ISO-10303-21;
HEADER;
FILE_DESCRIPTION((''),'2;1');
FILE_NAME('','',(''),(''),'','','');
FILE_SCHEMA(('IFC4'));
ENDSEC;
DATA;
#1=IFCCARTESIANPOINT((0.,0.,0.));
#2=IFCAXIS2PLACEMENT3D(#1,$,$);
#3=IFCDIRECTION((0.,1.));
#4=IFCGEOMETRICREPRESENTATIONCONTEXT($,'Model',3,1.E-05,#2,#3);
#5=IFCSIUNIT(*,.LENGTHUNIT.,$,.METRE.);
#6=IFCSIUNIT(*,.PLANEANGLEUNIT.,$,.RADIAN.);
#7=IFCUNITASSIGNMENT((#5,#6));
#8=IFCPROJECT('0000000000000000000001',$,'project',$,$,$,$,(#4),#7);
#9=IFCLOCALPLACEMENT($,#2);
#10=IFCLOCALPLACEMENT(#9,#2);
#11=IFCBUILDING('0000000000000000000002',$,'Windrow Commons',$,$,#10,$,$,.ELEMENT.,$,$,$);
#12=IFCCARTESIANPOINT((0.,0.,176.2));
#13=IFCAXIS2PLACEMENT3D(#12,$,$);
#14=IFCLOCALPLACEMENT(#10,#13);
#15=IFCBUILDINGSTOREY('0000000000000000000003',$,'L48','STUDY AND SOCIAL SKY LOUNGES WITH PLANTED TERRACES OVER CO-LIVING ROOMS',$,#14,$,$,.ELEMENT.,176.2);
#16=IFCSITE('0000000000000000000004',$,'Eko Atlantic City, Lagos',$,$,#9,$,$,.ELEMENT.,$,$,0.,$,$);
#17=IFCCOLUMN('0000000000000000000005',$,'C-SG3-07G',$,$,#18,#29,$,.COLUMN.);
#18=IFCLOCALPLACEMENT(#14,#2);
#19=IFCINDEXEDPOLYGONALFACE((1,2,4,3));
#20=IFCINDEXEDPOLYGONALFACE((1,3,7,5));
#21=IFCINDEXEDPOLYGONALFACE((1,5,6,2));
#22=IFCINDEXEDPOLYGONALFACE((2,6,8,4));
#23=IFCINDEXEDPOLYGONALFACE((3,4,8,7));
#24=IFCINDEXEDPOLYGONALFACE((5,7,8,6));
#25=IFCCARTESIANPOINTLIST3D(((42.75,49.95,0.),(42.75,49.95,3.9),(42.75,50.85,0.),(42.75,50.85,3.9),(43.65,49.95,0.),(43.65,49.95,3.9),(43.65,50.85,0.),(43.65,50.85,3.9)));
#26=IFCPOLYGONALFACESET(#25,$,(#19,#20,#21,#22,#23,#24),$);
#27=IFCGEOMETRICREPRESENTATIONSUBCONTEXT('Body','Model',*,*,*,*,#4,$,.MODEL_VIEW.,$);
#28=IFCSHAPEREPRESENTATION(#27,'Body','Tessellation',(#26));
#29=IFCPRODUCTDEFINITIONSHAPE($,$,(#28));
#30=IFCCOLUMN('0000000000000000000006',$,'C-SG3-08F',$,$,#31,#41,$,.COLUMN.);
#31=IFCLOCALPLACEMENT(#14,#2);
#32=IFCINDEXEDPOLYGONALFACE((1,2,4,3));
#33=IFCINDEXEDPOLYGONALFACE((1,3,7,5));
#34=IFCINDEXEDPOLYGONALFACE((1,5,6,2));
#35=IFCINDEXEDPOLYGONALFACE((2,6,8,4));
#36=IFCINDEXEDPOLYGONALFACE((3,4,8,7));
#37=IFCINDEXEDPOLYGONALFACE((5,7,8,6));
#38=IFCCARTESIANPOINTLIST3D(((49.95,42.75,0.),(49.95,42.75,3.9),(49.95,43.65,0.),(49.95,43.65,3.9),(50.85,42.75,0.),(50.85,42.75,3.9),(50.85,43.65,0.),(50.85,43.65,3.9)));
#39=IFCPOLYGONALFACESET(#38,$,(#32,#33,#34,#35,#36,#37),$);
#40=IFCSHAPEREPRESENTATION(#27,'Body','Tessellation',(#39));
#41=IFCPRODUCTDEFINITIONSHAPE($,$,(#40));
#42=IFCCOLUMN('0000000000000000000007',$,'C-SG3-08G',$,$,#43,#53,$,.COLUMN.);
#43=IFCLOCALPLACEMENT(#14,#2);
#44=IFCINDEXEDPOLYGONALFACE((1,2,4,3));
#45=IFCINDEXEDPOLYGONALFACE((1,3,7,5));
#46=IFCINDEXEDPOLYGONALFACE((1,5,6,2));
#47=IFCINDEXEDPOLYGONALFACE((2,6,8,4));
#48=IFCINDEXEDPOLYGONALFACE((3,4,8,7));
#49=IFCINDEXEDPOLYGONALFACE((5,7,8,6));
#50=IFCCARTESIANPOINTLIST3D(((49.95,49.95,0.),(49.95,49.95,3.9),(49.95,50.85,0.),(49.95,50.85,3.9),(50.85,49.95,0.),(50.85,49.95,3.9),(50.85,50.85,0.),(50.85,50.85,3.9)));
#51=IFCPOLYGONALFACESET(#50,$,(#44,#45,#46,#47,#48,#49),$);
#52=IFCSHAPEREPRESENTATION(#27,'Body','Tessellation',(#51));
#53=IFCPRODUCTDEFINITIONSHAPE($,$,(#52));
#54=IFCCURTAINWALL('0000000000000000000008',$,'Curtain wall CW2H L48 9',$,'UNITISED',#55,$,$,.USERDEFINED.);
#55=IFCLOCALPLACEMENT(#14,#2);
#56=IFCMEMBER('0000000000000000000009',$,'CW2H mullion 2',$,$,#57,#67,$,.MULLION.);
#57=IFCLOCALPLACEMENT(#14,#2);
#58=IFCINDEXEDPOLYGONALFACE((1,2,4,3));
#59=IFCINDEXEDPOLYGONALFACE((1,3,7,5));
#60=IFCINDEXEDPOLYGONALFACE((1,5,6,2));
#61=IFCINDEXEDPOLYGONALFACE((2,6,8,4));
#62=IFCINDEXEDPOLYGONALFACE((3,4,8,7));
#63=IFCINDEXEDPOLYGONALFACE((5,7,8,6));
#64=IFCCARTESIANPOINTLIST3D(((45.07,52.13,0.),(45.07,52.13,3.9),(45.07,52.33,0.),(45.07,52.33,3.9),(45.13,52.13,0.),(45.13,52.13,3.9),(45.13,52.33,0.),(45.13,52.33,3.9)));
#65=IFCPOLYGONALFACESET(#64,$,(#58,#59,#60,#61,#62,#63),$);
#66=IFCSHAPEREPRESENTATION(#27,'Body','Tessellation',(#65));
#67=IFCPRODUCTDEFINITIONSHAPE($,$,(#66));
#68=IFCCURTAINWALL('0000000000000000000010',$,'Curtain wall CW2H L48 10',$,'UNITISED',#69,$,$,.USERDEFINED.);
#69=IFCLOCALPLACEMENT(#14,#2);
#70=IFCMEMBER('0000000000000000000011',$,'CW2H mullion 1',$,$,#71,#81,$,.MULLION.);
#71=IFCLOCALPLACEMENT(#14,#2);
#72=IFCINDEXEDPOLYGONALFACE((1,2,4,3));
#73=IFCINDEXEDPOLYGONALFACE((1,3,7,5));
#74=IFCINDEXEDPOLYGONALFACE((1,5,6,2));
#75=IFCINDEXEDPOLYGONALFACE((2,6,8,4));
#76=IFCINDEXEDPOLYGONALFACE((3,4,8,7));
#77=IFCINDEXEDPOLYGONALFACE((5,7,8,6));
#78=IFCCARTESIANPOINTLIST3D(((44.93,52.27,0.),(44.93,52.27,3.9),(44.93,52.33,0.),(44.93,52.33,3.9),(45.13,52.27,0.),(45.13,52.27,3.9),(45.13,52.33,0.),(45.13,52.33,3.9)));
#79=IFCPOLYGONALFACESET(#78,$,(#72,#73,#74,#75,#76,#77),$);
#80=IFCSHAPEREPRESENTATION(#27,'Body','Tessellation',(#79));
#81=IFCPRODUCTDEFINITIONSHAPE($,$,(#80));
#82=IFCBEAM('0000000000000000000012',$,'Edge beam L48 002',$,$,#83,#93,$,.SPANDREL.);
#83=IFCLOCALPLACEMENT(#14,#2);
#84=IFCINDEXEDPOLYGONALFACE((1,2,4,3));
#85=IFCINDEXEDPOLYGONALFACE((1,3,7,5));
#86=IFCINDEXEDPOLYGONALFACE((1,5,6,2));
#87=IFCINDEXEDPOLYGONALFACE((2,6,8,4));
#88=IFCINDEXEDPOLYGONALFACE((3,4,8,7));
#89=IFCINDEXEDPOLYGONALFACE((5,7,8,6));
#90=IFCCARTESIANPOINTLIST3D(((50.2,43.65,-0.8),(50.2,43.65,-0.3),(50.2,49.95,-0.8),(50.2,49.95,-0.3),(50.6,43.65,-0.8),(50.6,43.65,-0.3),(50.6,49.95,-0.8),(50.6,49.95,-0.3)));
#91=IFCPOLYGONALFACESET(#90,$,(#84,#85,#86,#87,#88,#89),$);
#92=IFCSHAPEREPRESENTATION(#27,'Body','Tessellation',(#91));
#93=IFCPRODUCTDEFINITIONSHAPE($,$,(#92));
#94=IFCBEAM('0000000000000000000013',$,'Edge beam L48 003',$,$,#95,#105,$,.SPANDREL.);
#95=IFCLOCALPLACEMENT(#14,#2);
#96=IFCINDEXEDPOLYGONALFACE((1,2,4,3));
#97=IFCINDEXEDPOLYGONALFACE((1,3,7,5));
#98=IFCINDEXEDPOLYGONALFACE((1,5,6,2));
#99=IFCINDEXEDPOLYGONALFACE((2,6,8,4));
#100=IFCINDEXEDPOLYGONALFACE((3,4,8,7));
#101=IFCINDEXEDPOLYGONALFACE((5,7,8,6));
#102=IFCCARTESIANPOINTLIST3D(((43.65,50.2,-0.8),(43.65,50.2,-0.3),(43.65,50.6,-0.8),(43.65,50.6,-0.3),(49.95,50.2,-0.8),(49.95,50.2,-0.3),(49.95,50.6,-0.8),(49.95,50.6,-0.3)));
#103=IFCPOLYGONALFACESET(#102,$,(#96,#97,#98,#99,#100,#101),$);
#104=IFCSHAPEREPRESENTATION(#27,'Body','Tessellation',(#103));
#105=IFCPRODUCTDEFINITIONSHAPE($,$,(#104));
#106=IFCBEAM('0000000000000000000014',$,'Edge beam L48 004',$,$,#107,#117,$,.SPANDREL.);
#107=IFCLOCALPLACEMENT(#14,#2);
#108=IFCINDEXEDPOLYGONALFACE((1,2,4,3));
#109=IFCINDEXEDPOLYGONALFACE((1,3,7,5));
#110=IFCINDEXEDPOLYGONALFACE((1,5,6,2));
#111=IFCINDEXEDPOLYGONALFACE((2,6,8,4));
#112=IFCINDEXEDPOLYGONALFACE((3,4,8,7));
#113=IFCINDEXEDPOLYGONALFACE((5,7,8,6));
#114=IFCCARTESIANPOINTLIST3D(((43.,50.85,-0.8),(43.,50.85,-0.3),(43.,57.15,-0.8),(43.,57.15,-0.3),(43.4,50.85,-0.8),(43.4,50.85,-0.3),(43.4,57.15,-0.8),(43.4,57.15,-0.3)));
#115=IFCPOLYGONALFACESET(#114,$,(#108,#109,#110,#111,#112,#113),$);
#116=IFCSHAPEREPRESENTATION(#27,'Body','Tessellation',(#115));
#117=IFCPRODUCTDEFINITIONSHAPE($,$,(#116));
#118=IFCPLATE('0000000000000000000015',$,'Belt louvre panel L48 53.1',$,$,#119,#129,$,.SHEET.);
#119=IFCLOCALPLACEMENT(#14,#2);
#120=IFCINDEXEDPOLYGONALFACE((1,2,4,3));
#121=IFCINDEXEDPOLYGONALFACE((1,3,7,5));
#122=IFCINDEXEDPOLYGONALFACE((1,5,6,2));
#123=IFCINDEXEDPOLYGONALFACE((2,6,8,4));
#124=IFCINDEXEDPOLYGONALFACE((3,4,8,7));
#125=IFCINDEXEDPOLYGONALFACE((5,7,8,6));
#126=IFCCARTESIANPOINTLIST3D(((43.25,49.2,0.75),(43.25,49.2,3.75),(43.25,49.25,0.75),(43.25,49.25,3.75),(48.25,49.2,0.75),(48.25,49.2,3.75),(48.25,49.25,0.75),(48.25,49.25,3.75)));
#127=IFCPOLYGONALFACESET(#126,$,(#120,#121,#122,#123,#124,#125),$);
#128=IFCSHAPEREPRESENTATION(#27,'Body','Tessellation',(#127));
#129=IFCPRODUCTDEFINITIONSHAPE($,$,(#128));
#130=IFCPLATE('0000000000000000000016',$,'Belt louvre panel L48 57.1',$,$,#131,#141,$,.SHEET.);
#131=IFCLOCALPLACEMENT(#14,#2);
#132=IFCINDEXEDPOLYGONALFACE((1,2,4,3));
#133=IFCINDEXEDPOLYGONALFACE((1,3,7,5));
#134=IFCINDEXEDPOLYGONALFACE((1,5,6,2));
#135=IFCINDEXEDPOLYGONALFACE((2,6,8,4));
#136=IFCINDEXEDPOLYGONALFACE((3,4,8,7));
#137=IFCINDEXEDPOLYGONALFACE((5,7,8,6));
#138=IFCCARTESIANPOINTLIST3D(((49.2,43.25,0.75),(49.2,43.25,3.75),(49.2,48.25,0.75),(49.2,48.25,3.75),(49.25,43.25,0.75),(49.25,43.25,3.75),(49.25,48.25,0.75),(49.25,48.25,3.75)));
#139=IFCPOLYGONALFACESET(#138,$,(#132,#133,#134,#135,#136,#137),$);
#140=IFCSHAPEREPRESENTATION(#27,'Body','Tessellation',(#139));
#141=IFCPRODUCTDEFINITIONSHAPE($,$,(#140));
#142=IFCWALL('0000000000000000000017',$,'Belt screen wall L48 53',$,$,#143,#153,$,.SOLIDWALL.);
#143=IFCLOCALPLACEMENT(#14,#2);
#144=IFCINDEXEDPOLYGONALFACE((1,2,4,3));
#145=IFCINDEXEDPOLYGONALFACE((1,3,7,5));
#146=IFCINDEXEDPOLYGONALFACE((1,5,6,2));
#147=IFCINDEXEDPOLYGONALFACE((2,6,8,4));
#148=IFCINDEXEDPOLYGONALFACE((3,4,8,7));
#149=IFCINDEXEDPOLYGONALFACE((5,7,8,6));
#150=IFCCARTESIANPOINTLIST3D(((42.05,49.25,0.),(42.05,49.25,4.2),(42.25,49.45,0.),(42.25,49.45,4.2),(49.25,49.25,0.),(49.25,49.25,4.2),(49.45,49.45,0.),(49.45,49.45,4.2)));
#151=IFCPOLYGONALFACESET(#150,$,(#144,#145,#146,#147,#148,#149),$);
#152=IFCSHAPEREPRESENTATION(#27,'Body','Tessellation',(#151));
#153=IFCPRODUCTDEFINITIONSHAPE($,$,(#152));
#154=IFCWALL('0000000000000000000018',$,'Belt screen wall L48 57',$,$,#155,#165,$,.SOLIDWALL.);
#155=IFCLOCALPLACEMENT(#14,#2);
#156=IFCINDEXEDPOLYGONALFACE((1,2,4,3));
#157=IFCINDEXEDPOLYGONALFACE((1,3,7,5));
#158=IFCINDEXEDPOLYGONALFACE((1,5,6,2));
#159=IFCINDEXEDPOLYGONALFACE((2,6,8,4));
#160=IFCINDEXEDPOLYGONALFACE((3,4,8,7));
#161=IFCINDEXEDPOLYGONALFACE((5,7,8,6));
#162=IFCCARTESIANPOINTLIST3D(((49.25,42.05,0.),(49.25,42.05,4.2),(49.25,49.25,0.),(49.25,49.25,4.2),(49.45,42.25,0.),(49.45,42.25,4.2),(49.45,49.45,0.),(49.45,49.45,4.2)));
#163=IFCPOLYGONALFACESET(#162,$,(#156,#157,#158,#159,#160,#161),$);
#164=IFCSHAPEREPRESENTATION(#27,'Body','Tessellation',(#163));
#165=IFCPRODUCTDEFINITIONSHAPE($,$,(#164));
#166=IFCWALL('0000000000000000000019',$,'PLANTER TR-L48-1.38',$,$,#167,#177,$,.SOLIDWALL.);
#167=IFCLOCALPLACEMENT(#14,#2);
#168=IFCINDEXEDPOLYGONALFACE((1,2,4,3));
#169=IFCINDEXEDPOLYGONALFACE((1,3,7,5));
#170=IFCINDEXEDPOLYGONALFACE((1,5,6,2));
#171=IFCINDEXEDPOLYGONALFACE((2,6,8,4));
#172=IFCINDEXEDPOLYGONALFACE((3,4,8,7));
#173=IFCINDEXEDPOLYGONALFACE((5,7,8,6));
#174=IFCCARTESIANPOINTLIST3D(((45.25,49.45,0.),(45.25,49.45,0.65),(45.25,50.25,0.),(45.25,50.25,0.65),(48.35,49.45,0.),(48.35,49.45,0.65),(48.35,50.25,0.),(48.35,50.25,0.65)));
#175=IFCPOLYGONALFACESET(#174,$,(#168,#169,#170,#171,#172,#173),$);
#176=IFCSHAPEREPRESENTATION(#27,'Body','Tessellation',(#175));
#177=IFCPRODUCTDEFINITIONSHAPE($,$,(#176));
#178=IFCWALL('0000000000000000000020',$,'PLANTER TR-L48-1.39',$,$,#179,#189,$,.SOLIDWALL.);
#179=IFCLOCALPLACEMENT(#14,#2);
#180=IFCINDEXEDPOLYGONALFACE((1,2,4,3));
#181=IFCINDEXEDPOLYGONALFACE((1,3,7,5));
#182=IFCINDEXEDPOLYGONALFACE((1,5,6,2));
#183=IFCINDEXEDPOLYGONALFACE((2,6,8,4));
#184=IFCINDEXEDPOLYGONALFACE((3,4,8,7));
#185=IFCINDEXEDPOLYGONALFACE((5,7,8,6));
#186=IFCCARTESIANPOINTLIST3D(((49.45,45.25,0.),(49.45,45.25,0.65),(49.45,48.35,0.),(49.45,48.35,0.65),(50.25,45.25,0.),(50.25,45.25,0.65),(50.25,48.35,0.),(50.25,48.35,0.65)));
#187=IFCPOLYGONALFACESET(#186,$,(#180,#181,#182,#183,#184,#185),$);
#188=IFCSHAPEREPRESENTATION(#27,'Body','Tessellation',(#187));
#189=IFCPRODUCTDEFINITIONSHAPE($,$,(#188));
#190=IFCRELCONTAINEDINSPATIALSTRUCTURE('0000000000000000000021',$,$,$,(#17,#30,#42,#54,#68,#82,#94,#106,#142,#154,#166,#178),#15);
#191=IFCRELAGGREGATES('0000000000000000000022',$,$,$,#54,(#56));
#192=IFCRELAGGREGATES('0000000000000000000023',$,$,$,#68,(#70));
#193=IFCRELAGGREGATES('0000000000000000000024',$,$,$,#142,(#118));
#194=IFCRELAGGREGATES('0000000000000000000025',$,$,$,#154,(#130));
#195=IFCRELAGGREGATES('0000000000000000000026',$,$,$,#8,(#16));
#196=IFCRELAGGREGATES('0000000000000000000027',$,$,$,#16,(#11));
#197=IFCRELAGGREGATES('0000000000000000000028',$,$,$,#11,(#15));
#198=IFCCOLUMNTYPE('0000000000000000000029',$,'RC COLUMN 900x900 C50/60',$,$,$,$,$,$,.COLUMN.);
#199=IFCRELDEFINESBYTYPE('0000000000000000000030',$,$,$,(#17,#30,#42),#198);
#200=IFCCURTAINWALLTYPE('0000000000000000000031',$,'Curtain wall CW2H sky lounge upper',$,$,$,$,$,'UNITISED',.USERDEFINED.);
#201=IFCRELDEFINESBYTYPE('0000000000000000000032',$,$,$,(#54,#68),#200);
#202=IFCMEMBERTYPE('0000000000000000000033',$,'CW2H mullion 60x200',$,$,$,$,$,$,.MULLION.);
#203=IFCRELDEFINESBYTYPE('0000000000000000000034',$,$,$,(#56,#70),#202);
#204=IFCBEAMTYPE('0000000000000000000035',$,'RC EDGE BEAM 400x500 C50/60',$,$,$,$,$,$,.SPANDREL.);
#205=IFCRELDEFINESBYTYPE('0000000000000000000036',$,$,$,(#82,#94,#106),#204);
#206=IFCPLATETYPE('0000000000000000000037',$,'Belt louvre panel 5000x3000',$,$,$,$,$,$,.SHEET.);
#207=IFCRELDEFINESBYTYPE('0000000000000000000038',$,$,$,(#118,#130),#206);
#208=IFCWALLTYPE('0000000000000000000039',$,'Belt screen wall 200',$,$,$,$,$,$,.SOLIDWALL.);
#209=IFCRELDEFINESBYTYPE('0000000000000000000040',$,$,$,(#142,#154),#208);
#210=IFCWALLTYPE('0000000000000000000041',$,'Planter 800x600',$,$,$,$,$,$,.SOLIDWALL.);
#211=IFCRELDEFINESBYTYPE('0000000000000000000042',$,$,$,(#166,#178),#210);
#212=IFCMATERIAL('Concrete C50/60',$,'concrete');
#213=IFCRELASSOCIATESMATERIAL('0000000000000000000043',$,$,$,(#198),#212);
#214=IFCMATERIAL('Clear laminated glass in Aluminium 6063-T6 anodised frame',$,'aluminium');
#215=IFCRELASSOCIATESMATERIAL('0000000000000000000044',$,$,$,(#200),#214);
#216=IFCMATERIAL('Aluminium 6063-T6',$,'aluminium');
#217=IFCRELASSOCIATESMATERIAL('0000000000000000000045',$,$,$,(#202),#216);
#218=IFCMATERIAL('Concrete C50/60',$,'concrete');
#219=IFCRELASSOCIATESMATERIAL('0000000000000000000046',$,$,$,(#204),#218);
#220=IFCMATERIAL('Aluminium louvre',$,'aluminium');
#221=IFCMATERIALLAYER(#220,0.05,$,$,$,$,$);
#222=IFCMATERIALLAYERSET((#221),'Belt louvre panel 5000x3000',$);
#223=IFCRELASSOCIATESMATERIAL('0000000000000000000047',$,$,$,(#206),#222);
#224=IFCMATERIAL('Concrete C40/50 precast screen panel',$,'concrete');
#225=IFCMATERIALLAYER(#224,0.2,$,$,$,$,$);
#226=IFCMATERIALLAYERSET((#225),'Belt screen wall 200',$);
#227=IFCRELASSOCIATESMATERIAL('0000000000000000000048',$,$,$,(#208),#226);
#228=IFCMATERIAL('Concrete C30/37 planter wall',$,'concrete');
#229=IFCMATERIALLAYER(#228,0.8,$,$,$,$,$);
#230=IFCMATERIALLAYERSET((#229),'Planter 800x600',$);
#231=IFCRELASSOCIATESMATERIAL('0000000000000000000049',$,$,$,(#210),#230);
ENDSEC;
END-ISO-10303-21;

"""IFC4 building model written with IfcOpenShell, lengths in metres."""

from ifc_helpers import new_model, si_unit, direction, frame, frame_2d, origin, origin_2d, place, context, subcontext, project, spatial, polyline, rectangle, outline, extrude, material, layer, layer_set, material_profile, profile_set, type_object, element, aggregate, save


model = new_model("IFC4")

# Units and contexts
model_context = context("Model", 3, precision=1e-05, world=origin(), true_north=direction((0.0, 1.0)))
body_context = subcontext(model_context, "Body", "Model", "MODEL_VIEW")
ifc_project = project(units=[si_unit("LENGTHUNIT", "METRE"), si_unit("PLANEANGLEUNIT", "RADIAN")], contexts=[model_context])

# Site, building, storey
site_placement = place(None, origin())
site = spatial("IfcSite", under=ifc_project, at=site_placement, Name="Eko Atlantic City, Lagos", CompositionType="ELEMENT", RefElevation=0.0)
building_placement = place(site_placement, origin())
building = spatial("IfcBuilding", under=site, at=building_placement, Name="Windrow Commons", CompositionType="ELEMENT")
storey_placement = place(building_placement, frame((0.0, 0.0, 176.2)))
storey = spatial("IfcBuildingStorey", under=building, at=storey_placement, Name="L48", Description="STUDY AND SOCIAL SKY LOUNGES WITH PLANTED TERRACES OVER CO-LIVING ROOMS", CompositionType="ELEMENT", Elevation=176.2)

# Columns
ifc_material_1 = material(Name="Concrete C50/60", Category="concrete")
ifc_material_profile_1 = material_profile(ifc_material_1, rectangle(XDim=0.9, YDim=0.9, at=origin_2d()))
ifc_profile_set_1 = profile_set([ifc_material_profile_1], Name="Concrete C50/60")
column_type = type_object("IfcColumnType", Name="RC COLUMN 900x900 C50/60", PredefinedType="COLUMN", material=ifc_profile_set_1)
for number, where, z_axis, x_axis, name in (
    (1, (43.2, 50.4, 0.0), (0.0, 0.0, 1.0), (1.0, 0.0, 0.0), "C-SG3-07G"),
    (2, (50.4, 43.2, 0.0), (0.0, 0.0, 1.0), (1.0, 0.0, 0.0), "C-SG3-08F"),
    (3, (50.4, 50.4, 0.0), (0.0, 0.0, 1.0), (1.0, 0.0, 0.0), "C-SG3-08G"),
):
    element("IfcColumn", number, at=place(storey_placement, frame(where, z_axis=z_axis, x_axis=x_axis)), inside=storey, type_object=column_type, Name=name, PredefinedType="COLUMN", context=body_context, shape_type="SweptSolid", body=[
        extrude(rectangle(XDim=0.9, YDim=0.9, at=origin_2d()), origin(), (0.0, 0.0, 1.0), 3.9),
    ])

# Curtain walls, members
ifc_material_2 = material(Name="Clear laminated glass in Aluminium 6063-T6 anodised frame", Category="aluminium")
curtain_wall_type = type_object("IfcCurtainWallType", Name="Curtain wall CW2H sky lounge upper", ElementType="UNITISED", PredefinedType="USERDEFINED", material=ifc_material_2)
placement = place(storey_placement, origin())
curtain_wall_1 = element("IfcCurtainWall", 4, at=placement, inside=storey, type_object=curtain_wall_type, Name="Curtain wall CW2H L48 9", ObjectType="UNITISED", PredefinedType="USERDEFINED")
ifc_material_3 = material(Name="Aluminium 6063-T6", Category="aluminium")
ifc_material_profile_2 = material_profile(ifc_material_3, rectangle(XDim=0.06, YDim=0.2, at=origin_2d()))
ifc_profile_set_2 = profile_set([ifc_material_profile_2], Name="Aluminium 6063-T6")
member_type = type_object("IfcMemberType", Name="CW2H mullion 60x200", PredefinedType="MULLION", material=ifc_profile_set_2)
member_1_placement = place(storey_placement, frame((45.1, 52.23, 0.0), z_axis=(0.0, 0.0, 1.0), x_axis=(1.0, 0.0, 0.0)))
member_1 = element("IfcMember", 5, at=member_1_placement, type_object=member_type, Name="CW2H mullion 2", PredefinedType="MULLION", context=body_context, shape_type="SweptSolid", body=[
    extrude(rectangle(XDim=0.06, YDim=0.2, at=origin_2d()), origin(), (0.0, 0.0, 1.0), 3.9),
])
aggregate(curtain_wall_1, [member_1])
curtain_wall_2 = element("IfcCurtainWall", 6, at=placement, inside=storey, type_object=curtain_wall_type, Name="Curtain wall CW2H L48 10", ObjectType="UNITISED", PredefinedType="USERDEFINED")
member_2_placement = place(storey_placement, frame((45.03, 52.3, 0.0), z_axis=(0.0, 0.0, 1.0), x_axis=(0.0, 1.0, 0.0)))
member_2 = element("IfcMember", 7, at=member_2_placement, type_object=member_type, Name="CW2H mullion 1", PredefinedType="MULLION", context=body_context, shape_type="SweptSolid", body=[
    extrude(rectangle(XDim=0.06, YDim=0.2, at=origin_2d()), origin(), (0.0, 0.0, 1.0), 3.9),
])
aggregate(curtain_wall_2, [member_2])

# Beams
ifc_material_4 = material(Name="Concrete C50/60", Category="concrete")
ifc_material_profile_3 = material_profile(ifc_material_4, rectangle(XDim=0.4, YDim=0.5, at=origin_2d()))
ifc_profile_set_3 = profile_set([ifc_material_profile_3], Name="Concrete C50/60")
beam_type = type_object("IfcBeamType", Name="RC EDGE BEAM 400x500 C50/60", PredefinedType="SPANDREL", material=ifc_profile_set_3)
for number, where, z_axis, x_axis, name in (
    (8, (50.4, 43.65, -0.55), (0.0, 1.0, 0.0), (-1.0, 0.0, 0.0), "Edge beam L48 002"),
    (9, (49.95, 50.4, -0.55), (-1.0, 0.0, 0.0), (0.0, -1.0, 0.0), "Edge beam L48 003"),
    (10, (43.2, 50.85, -0.55), (0.0, 1.0, 0.0), (-1.0, 0.0, 0.0), "Edge beam L48 004"),
):
    element("IfcBeam", number, at=place(storey_placement, frame(where, z_axis=z_axis, x_axis=x_axis)), inside=storey, type_object=beam_type, Name=name, PredefinedType="SPANDREL", context=body_context, shape_type="SweptSolid", body=[
        extrude(rectangle(XDim=0.4, YDim=0.5, at=origin_2d()), origin(), (0.0, 0.0, 1.0), 6.3),
    ])

# Plates
ifc_material_5 = material(Name="Aluminium louvre", Category="aluminium")
ifc_layer_1 = layer(ifc_material_5, 0.05)
ifc_layer_set_1 = layer_set([ifc_layer_1], Name="Belt louvre panel 5000x3000")
plate_type = type_object("IfcPlateType", Name="Belt louvre panel 5000x3000", PredefinedType="SHEET", material=ifc_layer_set_1)
plate_1_placement = place(storey_placement, frame((43.25, 49.2, 0.75), z_axis=(0.0, -1.0, 0.0), x_axis=(1.0, 0.0, 0.0)))
plate_1 = element("IfcPlate", 11, at=plate_1_placement, type_object=plate_type, Name="Belt louvre panel L48 53.1", PredefinedType="SHEET", context=body_context, shape_type="SweptSolid", body=[
    extrude(outline(polyline([(0.0, 0.0), (5.0, 0.0), (5.0, 3.0), (0.0, 3.0), (0.0, 0.0)])), origin(), (0.0, 0.0, -1.0), 0.05),
])
plate_2_placement = place(storey_placement, frame((49.2, 48.25, 0.75), z_axis=(-1.0, 0.0, 0.0), x_axis=(0.0, -1.0, 0.0)))
plate_2 = element("IfcPlate", 12, at=plate_2_placement, type_object=plate_type, Name="Belt louvre panel L48 57.1", PredefinedType="SHEET", context=body_context, shape_type="SweptSolid", body=[
    extrude(outline(polyline([(0.0, 0.0), (5.0, 0.0), (5.0, 3.0), (0.0, 3.0), (0.0, 0.0)])), origin(), (0.0, 0.0, -1.0), 0.05),
])

# Walls
ifc_material_6 = material(Name="Concrete C40/50 precast screen panel", Category="concrete")
ifc_layer_2 = layer(ifc_material_6, 0.2)
ifc_layer_set_2 = layer_set([ifc_layer_2], Name="Belt screen wall 200")
wall_type_1 = type_object("IfcWallType", Name="Belt screen wall 200", PredefinedType="SOLIDWALL", material=ifc_layer_set_2)
wall_1_placement = place(storey_placement, frame((42.15, 49.35, 0.0), z_axis=(0.0, 0.0, 1.0), x_axis=(1.0, 0.0, 0.0)))
wall_1 = element("IfcWall", 13, at=wall_1_placement, inside=storey, type_object=wall_type_1, Name="Belt screen wall L48 53", PredefinedType="SOLIDWALL", context=body_context, shape_type="SweptSolid", body=[
    extrude(outline(polyline([(-0.1, -0.1), (7.1, -0.1), (7.3, 0.1), (0.1, 0.1), (-0.1, -0.1)])), origin(), (0.0, 0.0, 1.0), 4.2),
])
aggregate(wall_1, [plate_1])
wall_2_placement = place(storey_placement, frame((49.35, 49.35, 0.0), z_axis=(0.0, 0.0, 1.0), x_axis=(0.0, -1.0, 0.0)))
wall_2 = element("IfcWall", 14, at=wall_2_placement, inside=storey, type_object=wall_type_1, Name="Belt screen wall L48 57", PredefinedType="SOLIDWALL", context=body_context, shape_type="SweptSolid", body=[
    extrude(outline(polyline([(0.1, -0.1), (7.3, -0.1), (7.1, 0.1), (-0.1, 0.1), (0.1, -0.1)])), origin(), (0.0, 0.0, 1.0), 4.2),
])
aggregate(wall_2, [plate_2])

# Walls
ifc_material_7 = material(Name="Concrete C30/37 planter wall", Category="concrete")
ifc_layer_3 = layer(ifc_material_7, 0.8)
ifc_layer_set_3 = layer_set([ifc_layer_3], Name="Planter 800x600")
wall_type_2 = type_object("IfcWallType", Name="Planter 800x600", PredefinedType="SOLIDWALL", material=ifc_layer_set_3)
for number, where, z_axis, x_axis, name in (
    (15, (45.25, 49.85, 0.0), (0.0, 0.0, 1.0), (1.0, 0.0, 0.0), "PLANTER TR-L48-1.38"),
    (16, (49.85, 48.35, 0.0), (0.0, 0.0, 1.0), (0.0, -1.0, 0.0), "PLANTER TR-L48-1.39"),
):
    element("IfcWall", number, at=place(storey_placement, frame(where, z_axis=z_axis, x_axis=x_axis)), inside=storey, type_object=wall_type_2, Name=name, PredefinedType="SOLIDWALL", context=body_context, shape_type="SweptSolid", body=[
        extrude(rectangle(XDim=3.1, YDim=0.8, at=frame_2d((1.55, 0.0))), origin(), (0.0, 0.0, 1.0), 0.65),
    ])

save(model, "model.ifc")
